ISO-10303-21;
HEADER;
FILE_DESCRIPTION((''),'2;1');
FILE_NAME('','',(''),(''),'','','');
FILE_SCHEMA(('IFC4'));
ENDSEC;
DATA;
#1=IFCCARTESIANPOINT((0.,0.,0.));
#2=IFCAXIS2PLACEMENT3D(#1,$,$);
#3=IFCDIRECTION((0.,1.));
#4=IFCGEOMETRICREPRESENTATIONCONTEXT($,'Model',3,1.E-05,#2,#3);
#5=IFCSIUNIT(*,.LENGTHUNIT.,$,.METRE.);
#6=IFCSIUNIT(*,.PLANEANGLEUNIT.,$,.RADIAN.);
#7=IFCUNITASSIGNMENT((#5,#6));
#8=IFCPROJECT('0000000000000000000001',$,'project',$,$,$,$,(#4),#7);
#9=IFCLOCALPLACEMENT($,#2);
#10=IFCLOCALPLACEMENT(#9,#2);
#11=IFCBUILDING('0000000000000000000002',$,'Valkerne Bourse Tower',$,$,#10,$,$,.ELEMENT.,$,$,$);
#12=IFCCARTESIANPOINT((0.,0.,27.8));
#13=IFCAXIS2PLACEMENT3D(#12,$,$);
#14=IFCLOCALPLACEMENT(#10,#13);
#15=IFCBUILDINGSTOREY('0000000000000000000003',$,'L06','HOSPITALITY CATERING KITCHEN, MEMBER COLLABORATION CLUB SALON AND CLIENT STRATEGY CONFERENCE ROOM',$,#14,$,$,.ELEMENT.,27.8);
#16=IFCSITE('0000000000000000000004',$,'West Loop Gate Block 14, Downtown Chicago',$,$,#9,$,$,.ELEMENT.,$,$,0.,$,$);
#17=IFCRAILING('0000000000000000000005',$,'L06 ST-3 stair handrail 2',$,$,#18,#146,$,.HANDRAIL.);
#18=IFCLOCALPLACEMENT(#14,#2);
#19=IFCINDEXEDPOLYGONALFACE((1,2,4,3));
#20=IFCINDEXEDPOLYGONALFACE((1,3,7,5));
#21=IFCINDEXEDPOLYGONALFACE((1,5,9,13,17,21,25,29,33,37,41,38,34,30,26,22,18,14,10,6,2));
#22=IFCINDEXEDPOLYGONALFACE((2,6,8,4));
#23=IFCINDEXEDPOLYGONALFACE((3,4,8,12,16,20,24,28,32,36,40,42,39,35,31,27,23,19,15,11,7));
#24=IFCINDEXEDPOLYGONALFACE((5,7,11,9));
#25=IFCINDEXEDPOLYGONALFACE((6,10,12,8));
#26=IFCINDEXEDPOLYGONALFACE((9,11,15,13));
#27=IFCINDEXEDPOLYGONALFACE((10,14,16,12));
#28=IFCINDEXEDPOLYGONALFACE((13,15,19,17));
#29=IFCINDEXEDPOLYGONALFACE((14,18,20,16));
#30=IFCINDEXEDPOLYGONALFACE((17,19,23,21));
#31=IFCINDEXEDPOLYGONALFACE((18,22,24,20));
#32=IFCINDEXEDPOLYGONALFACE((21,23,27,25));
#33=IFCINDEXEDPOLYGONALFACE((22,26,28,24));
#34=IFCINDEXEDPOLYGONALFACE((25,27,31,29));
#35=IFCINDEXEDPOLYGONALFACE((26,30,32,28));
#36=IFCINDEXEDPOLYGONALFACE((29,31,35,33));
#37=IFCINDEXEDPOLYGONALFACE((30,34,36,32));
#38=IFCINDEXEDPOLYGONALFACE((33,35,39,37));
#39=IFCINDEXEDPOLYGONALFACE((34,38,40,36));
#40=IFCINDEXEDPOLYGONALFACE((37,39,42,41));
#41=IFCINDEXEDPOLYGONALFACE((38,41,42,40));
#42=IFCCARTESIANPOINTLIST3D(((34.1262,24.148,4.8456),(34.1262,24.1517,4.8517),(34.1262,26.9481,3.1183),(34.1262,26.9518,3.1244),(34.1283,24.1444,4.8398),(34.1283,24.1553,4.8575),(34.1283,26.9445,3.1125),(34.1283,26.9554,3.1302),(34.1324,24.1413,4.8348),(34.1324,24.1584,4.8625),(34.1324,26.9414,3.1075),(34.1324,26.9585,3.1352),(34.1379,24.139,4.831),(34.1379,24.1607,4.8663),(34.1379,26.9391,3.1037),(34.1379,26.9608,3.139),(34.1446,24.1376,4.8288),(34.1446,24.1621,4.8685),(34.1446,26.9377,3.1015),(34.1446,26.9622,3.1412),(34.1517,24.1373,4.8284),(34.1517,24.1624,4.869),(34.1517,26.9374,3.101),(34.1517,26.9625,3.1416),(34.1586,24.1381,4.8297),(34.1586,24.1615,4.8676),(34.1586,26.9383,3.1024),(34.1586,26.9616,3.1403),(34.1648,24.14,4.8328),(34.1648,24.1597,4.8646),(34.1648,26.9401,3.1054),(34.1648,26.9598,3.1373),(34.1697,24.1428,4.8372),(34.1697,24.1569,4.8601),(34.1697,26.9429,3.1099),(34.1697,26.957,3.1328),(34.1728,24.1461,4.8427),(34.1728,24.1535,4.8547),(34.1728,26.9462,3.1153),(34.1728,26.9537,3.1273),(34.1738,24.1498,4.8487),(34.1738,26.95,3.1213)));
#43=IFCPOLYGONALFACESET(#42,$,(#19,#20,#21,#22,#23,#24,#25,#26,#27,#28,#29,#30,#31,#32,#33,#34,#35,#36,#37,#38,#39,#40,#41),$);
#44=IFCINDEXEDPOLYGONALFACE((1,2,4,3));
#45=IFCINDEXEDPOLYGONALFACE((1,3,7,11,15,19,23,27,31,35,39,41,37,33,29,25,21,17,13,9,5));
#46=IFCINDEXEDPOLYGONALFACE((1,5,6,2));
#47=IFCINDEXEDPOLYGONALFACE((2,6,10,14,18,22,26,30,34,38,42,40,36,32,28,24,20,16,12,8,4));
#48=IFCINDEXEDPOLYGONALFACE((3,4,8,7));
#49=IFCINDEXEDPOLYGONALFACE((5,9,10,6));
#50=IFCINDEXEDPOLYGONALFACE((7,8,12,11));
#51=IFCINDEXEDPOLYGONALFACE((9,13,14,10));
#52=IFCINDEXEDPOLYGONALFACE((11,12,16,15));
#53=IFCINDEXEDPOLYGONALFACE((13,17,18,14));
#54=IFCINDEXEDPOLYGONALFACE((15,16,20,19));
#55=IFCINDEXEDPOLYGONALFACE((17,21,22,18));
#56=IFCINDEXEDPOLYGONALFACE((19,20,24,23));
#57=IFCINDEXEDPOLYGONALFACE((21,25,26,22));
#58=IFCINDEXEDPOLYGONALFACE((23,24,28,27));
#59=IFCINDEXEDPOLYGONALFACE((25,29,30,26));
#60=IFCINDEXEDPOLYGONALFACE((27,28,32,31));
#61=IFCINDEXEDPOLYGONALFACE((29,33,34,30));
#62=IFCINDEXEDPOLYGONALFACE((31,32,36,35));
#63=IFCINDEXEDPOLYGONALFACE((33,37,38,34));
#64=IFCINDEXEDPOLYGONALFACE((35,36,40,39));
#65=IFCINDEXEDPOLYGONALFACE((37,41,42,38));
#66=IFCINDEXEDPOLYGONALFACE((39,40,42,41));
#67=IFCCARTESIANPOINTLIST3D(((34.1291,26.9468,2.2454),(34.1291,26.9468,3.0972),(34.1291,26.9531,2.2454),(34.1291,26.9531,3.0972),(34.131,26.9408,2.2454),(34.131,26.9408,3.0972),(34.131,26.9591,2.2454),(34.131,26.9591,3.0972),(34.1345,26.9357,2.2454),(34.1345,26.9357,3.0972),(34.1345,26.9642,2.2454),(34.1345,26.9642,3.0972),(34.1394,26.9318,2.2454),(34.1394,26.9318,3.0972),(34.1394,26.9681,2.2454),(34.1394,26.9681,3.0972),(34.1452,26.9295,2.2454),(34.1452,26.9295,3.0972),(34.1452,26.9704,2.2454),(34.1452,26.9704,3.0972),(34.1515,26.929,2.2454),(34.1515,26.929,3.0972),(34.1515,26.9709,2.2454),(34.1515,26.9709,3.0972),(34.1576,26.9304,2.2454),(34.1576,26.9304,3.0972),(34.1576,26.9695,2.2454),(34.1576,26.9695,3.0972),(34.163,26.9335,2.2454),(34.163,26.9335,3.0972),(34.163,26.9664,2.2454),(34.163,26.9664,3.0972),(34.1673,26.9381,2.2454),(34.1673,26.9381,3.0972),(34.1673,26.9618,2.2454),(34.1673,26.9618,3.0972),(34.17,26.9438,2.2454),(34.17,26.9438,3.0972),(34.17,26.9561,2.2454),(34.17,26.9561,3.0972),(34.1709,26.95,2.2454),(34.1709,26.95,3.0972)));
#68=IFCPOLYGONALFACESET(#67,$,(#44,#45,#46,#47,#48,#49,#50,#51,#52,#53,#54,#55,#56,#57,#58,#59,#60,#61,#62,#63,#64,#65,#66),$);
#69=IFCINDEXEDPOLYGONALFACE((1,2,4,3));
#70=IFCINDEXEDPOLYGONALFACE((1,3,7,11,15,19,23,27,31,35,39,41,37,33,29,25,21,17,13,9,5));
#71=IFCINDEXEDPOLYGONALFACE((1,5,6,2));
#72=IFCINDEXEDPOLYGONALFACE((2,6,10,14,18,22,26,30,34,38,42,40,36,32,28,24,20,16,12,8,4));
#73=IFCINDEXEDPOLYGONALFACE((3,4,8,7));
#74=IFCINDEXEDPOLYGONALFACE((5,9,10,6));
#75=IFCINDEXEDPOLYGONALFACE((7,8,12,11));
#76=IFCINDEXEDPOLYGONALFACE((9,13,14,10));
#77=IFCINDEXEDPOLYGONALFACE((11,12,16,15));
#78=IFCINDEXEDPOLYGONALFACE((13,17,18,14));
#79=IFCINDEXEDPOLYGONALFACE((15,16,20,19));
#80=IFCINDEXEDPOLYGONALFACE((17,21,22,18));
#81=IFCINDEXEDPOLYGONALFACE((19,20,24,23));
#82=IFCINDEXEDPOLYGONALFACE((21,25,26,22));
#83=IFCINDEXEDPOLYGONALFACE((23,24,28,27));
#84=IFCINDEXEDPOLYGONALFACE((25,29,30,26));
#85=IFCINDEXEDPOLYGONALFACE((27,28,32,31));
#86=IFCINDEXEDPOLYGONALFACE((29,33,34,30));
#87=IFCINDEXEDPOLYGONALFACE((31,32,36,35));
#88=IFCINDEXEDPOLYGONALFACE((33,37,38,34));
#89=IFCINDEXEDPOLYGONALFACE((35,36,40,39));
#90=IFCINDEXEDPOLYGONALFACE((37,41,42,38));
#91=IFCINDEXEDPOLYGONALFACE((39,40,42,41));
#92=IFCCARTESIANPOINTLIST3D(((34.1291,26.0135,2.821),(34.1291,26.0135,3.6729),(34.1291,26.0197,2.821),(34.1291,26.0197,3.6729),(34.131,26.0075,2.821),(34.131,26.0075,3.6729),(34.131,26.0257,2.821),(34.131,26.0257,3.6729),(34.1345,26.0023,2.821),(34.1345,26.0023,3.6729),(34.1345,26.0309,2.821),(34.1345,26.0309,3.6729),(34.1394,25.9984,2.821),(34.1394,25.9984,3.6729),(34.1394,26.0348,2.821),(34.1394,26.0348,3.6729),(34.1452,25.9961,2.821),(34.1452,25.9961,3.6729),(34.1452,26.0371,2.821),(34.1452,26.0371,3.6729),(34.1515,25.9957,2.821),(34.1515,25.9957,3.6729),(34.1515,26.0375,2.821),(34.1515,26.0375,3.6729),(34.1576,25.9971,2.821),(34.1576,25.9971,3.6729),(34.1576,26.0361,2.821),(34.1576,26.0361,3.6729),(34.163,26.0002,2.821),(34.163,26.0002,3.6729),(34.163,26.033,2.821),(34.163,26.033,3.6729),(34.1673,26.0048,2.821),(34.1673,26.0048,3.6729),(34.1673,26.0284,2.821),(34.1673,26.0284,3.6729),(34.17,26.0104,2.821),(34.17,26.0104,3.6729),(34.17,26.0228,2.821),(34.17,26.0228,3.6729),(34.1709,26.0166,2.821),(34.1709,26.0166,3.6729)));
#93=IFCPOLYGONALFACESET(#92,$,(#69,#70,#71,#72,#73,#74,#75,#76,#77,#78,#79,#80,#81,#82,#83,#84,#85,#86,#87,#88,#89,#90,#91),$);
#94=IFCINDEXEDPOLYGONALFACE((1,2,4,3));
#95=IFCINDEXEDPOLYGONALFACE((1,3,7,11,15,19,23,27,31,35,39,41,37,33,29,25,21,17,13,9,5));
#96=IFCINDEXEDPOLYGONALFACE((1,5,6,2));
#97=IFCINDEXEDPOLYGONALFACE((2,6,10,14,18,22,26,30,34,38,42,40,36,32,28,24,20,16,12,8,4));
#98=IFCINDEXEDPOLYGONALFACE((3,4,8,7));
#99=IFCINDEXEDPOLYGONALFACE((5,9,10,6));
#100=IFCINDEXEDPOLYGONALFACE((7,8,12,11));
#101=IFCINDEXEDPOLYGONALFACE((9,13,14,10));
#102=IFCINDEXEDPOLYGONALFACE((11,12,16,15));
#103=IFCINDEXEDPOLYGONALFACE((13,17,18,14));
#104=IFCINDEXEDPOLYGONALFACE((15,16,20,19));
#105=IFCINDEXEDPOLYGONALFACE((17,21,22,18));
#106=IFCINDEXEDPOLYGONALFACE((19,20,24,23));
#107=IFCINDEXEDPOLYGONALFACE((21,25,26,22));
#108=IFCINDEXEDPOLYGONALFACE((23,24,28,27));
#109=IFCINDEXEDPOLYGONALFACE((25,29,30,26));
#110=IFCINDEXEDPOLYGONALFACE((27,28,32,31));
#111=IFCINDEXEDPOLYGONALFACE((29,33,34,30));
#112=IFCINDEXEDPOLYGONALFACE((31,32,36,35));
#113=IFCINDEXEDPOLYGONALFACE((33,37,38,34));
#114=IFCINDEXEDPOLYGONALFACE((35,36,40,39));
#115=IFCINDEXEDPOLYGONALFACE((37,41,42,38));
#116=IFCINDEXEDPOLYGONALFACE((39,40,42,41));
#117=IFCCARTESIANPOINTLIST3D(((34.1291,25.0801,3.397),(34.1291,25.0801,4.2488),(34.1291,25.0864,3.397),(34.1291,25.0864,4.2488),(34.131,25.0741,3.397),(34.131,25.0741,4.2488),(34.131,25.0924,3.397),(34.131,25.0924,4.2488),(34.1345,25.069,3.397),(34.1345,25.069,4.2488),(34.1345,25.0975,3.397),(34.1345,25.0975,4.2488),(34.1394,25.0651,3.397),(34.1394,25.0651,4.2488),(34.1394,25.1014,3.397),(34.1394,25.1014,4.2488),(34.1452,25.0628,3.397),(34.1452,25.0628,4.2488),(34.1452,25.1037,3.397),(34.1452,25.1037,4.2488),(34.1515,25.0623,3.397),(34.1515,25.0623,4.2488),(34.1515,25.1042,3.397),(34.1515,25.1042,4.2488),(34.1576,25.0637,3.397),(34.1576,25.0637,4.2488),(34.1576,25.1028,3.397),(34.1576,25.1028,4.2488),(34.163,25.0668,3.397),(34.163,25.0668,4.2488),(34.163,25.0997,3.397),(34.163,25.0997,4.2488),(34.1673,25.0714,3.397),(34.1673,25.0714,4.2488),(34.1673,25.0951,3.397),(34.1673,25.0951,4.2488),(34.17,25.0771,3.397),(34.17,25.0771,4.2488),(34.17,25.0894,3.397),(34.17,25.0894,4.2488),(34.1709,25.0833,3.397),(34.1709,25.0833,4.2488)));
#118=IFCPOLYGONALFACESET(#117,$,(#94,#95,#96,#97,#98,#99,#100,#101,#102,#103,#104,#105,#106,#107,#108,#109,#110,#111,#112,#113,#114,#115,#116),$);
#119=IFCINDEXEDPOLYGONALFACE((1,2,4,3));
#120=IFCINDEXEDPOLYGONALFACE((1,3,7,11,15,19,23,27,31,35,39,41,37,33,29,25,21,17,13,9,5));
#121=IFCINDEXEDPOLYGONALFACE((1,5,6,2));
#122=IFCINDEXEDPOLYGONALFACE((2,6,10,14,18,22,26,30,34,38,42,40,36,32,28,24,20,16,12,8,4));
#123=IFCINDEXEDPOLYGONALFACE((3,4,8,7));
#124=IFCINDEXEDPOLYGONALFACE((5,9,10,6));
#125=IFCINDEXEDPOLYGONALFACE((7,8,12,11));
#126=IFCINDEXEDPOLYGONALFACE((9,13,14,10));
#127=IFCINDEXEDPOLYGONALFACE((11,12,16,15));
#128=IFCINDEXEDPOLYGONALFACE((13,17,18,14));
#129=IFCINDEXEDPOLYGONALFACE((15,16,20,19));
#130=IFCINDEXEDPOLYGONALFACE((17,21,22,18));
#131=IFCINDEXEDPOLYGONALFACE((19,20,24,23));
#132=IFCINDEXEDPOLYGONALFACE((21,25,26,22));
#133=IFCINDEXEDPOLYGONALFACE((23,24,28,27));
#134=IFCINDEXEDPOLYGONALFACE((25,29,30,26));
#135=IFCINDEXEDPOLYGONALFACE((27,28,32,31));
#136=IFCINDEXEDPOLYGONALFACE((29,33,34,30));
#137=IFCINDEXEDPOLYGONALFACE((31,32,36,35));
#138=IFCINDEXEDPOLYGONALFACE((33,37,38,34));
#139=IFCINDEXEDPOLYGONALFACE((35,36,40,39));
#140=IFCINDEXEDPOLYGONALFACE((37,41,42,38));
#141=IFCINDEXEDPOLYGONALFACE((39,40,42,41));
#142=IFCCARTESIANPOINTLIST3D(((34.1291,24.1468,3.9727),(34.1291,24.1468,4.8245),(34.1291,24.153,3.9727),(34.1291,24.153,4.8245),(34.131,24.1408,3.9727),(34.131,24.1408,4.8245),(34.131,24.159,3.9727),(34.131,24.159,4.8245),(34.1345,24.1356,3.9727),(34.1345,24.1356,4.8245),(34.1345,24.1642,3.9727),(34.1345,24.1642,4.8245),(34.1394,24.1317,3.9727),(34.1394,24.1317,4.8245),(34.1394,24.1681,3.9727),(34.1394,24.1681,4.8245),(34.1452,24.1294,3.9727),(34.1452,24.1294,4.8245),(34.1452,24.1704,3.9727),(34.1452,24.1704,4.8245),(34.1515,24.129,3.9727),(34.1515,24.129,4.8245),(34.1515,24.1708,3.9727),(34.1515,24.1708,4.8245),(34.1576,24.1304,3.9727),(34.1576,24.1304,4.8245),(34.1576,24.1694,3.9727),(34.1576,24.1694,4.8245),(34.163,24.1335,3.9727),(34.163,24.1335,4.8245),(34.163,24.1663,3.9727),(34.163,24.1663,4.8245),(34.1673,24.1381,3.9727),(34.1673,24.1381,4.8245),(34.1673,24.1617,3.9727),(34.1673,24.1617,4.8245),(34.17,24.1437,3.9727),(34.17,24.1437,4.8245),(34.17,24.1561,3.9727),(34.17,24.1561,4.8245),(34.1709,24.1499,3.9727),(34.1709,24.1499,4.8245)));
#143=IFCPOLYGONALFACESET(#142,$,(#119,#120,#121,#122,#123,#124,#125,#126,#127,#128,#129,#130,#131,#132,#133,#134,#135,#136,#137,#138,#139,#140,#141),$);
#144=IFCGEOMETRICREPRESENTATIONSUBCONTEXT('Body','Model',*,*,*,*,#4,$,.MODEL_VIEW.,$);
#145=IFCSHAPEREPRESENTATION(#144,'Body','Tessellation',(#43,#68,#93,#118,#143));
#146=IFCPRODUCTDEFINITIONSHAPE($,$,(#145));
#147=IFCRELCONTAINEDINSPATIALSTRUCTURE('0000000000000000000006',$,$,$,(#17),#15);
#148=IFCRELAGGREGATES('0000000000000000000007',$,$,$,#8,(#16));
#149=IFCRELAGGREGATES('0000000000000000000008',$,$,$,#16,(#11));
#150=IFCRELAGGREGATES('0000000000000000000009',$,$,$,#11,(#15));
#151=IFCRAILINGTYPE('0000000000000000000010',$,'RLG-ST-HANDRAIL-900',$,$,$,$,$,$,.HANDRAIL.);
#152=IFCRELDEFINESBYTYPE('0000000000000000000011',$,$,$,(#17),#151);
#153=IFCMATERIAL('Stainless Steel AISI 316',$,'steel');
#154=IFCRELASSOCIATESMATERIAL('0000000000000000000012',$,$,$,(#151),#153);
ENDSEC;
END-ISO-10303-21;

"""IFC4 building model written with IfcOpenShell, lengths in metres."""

from ifc_helpers import new_model, si_unit, direction, frame, origin, origin_2d, place, context, subcontext, project, spatial, circle, extrude, material, type_object, element, save


model = new_model("IFC4")

# Units and contexts
model_context = context("Model", 3, precision=1e-05, world=origin(), true_north=direction((0.0, 1.0)))
body_context = subcontext(model_context, "Body", "Model", "MODEL_VIEW")
ifc_project = project(units=[si_unit("LENGTHUNIT", "METRE"), si_unit("PLANEANGLEUNIT", "RADIAN")], contexts=[model_context])

# Site, building, storey
site_placement = place(None, origin())
site = spatial("IfcSite", under=ifc_project, at=site_placement, Name="West Loop Gate Block 14, Downtown Chicago", CompositionType="ELEMENT", RefElevation=0.0)
building_placement = place(site_placement, origin())
building = spatial("IfcBuilding", under=site, at=building_placement, Name="Valkerne Bourse Tower", CompositionType="ELEMENT")
storey_placement = place(building_placement, frame((0.0, 0.0, 27.8)))
storey = spatial("IfcBuildingStorey", under=building, at=storey_placement, Name="L06", Description="HOSPITALITY CATERING KITCHEN, MEMBER COLLABORATION CLUB SALON AND CLIENT STRATEGY CONFERENCE ROOM", CompositionType="ELEMENT", Elevation=27.8)

# Railing
ifc_material_1 = material(Name="Stainless Steel AISI 316", Category="steel")
railing_type_1 = type_object("IfcRailingType", Name="RLG-ST-HANDRAIL-900", PredefinedType="HANDRAIL", material=ifc_material_1)
railing_1_placement = place(storey_placement, frame((34.1499, 26.95, 2.2454)))
element("IfcRailing", 1, at=railing_1_placement, inside=storey, type_object=railing_type_1, Name="L06 ST-3 stair handrail 2", PredefinedType="HANDRAIL", context=body_context, shape_type="SweptSolid", body=[
    extrude(circle(Radius=0.0239, at=origin_2d()), frame((0.0, 0.0, 0.876), z_axis=(0.0, -0.85109, 0.52502), x_axis=(1.0, 0.0, 0.0)), (0.0, 0.0, 1.0), 3.29),
    extrude(circle(Radius=0.021, at=origin_2d()), origin(), (0.0, 0.0, 1.0), 0.8518),
    extrude(circle(Radius=0.021, at=origin_2d()), frame((0.0, -0.9333, 0.5757)), (0.0, 0.0, 1.0), 0.8518),
    extrude(circle(Radius=0.021, at=origin_2d()), frame((0.0, -1.8667, 1.1516)), (0.0, 0.0, 1.0), 0.8518),
    extrude(circle(Radius=0.021, at=origin_2d()), frame((0.0, -2.8, 1.7273)), (0.0, 0.0, 1.0), 0.8518),
])

save(model, "model.ifc")
